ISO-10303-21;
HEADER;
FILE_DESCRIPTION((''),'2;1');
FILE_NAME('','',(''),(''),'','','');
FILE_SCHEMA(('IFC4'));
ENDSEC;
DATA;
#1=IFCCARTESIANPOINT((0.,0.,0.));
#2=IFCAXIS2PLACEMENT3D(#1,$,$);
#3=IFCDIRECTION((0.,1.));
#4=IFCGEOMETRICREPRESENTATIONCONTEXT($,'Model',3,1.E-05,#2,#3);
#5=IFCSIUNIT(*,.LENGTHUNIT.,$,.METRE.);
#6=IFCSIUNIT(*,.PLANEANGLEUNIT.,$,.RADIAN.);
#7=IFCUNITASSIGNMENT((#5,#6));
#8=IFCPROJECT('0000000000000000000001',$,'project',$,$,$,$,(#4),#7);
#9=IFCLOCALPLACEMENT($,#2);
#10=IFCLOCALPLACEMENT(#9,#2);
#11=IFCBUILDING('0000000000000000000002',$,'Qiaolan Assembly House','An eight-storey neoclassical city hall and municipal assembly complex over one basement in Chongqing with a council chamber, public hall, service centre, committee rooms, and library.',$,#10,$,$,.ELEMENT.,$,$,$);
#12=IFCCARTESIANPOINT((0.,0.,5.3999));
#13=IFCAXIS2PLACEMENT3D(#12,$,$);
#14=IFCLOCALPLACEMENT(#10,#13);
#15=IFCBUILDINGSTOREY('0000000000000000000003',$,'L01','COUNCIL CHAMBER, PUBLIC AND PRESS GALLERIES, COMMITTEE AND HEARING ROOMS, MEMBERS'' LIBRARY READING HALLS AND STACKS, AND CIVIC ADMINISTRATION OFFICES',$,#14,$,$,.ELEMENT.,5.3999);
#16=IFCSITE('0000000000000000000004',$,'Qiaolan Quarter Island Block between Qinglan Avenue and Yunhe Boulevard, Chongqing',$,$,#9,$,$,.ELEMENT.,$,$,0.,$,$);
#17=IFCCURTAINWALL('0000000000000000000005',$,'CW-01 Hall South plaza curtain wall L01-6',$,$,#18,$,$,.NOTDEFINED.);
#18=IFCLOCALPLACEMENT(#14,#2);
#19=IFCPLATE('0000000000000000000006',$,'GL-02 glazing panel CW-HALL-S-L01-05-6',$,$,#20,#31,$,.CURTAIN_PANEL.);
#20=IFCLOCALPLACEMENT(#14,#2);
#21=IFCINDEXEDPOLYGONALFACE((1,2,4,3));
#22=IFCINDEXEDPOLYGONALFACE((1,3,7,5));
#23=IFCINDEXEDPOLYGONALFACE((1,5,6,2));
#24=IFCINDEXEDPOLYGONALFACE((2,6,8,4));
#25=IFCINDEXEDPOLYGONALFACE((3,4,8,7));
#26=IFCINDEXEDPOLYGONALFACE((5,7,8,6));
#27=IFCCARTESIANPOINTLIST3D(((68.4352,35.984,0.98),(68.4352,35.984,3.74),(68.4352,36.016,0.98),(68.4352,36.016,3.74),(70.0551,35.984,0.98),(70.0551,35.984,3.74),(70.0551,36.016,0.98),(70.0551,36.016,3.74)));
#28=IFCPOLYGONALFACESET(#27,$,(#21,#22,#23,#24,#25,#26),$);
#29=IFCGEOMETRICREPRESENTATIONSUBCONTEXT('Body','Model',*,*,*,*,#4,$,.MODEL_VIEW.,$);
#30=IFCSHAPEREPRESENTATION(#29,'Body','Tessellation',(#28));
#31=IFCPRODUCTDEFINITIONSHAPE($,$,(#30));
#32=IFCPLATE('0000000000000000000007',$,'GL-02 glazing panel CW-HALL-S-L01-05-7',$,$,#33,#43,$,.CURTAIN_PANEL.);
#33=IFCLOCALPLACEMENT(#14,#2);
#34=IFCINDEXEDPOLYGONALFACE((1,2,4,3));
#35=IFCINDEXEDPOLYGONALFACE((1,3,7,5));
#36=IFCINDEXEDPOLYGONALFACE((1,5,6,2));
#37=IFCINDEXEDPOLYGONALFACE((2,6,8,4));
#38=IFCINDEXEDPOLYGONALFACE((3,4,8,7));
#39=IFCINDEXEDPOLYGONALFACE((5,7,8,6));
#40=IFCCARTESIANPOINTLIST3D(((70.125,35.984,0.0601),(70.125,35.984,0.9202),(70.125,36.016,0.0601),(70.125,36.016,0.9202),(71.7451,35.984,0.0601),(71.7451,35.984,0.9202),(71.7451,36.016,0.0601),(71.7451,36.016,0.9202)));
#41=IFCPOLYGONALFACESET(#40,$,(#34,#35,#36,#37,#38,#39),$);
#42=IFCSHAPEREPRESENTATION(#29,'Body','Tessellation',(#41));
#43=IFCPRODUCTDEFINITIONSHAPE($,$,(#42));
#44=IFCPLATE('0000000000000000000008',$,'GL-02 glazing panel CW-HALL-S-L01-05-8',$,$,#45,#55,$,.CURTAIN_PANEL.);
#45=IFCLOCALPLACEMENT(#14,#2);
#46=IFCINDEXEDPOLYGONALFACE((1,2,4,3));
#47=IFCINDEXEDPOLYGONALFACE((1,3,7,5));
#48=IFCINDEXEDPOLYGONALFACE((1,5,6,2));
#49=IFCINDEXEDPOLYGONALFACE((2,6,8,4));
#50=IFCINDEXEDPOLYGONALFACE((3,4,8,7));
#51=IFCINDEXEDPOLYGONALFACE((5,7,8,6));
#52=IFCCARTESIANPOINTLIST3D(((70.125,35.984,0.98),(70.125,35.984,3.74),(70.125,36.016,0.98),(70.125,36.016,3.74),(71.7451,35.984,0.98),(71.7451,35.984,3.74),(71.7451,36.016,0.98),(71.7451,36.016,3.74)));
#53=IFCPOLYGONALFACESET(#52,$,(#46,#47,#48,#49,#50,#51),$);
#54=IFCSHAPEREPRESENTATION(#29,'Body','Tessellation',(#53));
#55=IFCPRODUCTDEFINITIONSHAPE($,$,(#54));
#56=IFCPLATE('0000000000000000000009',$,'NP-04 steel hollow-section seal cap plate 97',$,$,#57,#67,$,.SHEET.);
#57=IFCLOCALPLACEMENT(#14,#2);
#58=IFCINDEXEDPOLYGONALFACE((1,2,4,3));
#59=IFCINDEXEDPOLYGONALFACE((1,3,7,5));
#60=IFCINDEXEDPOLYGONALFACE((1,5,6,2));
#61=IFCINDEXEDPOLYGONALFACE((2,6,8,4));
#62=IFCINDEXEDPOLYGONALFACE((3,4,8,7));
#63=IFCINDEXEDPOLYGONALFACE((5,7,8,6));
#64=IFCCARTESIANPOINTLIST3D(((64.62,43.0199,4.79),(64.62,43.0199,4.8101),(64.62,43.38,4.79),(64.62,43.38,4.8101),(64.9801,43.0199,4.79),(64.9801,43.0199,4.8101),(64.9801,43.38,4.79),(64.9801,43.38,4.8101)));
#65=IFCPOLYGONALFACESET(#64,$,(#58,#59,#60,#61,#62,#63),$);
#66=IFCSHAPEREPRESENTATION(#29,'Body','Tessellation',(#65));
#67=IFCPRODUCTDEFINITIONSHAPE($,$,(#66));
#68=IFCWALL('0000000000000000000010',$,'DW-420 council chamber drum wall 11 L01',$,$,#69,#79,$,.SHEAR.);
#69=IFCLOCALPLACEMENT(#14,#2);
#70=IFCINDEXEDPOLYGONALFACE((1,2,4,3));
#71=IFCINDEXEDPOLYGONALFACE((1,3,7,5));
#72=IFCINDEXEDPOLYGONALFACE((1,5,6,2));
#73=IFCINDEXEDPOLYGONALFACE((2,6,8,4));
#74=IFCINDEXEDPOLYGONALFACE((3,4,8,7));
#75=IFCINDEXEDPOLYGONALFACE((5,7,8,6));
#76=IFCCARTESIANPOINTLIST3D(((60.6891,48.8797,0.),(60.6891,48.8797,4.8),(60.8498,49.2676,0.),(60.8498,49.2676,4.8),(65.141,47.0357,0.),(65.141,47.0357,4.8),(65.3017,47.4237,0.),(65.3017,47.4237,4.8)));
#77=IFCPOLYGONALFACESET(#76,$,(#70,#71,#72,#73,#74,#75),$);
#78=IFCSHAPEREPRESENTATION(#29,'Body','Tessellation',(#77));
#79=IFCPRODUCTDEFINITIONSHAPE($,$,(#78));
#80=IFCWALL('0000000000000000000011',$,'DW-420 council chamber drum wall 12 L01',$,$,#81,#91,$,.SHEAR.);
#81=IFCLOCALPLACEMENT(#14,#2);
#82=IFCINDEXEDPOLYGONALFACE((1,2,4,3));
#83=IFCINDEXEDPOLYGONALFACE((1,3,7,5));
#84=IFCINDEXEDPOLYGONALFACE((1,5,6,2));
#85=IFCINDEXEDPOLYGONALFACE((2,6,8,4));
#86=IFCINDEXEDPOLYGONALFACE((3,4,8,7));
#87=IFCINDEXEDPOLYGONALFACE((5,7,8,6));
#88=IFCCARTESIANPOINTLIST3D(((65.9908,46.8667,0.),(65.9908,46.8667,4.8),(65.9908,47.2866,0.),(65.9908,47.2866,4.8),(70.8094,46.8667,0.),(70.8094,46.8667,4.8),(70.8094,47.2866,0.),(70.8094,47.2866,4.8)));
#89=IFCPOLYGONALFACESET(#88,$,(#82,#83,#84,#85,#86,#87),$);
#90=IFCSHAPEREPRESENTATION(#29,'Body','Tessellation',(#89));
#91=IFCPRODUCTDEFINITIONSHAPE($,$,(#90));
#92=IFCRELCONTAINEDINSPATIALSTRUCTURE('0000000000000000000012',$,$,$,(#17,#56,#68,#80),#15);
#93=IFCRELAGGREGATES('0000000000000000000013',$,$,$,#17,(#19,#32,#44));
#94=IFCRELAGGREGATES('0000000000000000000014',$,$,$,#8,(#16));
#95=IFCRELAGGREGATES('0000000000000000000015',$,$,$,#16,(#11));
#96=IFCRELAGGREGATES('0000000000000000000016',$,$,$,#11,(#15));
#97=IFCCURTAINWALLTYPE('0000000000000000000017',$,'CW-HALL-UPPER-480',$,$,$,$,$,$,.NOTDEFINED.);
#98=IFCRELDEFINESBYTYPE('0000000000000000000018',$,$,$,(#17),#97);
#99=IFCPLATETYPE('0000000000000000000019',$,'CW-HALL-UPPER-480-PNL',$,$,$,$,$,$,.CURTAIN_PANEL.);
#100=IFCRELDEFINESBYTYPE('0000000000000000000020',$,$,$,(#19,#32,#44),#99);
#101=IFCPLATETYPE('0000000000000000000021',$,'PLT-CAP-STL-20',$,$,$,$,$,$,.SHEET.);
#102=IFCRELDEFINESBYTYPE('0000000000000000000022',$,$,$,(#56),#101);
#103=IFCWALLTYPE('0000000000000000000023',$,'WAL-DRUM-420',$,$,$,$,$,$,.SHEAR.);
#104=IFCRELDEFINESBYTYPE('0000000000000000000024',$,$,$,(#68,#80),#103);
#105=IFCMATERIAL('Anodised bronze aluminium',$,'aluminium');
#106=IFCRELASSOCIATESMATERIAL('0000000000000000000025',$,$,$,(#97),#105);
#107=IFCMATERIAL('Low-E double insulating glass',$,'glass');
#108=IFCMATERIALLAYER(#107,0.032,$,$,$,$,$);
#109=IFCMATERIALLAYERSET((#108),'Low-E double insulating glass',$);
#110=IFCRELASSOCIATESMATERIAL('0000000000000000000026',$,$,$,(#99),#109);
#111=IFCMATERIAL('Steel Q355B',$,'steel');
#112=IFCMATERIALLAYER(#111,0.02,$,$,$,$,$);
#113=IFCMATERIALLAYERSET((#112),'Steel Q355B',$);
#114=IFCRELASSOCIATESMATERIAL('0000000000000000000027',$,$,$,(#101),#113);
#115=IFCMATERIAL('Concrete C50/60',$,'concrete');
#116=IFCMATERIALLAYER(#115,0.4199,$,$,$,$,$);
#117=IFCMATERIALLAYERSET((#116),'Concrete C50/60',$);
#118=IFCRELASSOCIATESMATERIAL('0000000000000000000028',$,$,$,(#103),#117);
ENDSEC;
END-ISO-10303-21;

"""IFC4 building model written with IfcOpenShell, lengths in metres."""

from ifc_helpers import new_model, si_unit, direction, frame, frame_2d, origin, origin_2d, place, context, subcontext, project, spatial, rectangle, extrude, material, layer, layer_set, type_object, element, aggregate, save


model = new_model("IFC4")

# Units and contexts
model_context = context("Model", 3, precision=1e-05, world=origin(), true_north=direction((0.0, 1.0)))
body_context = subcontext(model_context, "Body", "Model", "MODEL_VIEW")
ifc_project = project(units=[si_unit("LENGTHUNIT", "METRE"), si_unit("PLANEANGLEUNIT", "RADIAN")], contexts=[model_context])

# Site, building, storey
site_placement = place(None, origin())
site = spatial("IfcSite", under=ifc_project, at=site_placement, Name="Qiaolan Quarter Island Block between Qinglan Avenue and Yunhe Boulevard, Chongqing", CompositionType="ELEMENT", RefElevation=0.0)
building_placement = place(site_placement, origin())
building = spatial("IfcBuilding", under=site, at=building_placement, Name="Qiaolan Assembly House", Description="An eight-storey neoclassical city hall and municipal assembly complex over one basement in Chongqing with a council chamber, public hall, service centre, committee rooms, and library.", CompositionType="ELEMENT")
storey_placement = place(building_placement, frame((0.0, 0.0, 5.3999)))
storey = spatial("IfcBuildingStorey", under=building, at=storey_placement, Name="L01", Description="COUNCIL CHAMBER, PUBLIC AND PRESS GALLERIES, COMMITTEE AND HEARING ROOMS, MEMBERS' LIBRARY READING HALLS AND STACKS, AND CIVIC ADMINISTRATION OFFICES", CompositionType="ELEMENT", Elevation=5.3999)

# Shared definitions
ifc_material_1 = material(Name="Concrete C50/60", Category="concrete")
ifc_material_2 = material(Name="Steel Q355B", Category="steel")

# Curtain wall
ifc_material_3 = material(Name="Anodised bronze aluminium", Category="aluminium")
curtain_wall_type = type_object("IfcCurtainWallType", Name="CW-HALL-UPPER-480", PredefinedType="NOTDEFINED", material=ifc_material_3)
curtain_wall_placement = place(storey_placement, origin())
curtain_wall = element("IfcCurtainWall", 1, at=curtain_wall_placement, inside=storey, type_object=curtain_wall_type, Name="CW-01 Hall South plaza curtain wall L01-6", PredefinedType="NOTDEFINED")

# Plates
ifc_material_4 = material(Name="Low-E double insulating glass", Category="glass")
ifc_layer_1 = layer(ifc_material_4, 0.032)
ifc_layer_set_1 = layer_set([ifc_layer_1], Name="Low-E double insulating glass")
plate_type_1 = type_object("IfcPlateType", Name="CW-HALL-UPPER-480-PNL", PredefinedType="CURTAIN_PANEL", material=ifc_layer_set_1)
plate_1_placement = place(storey_placement, frame((68.4351, 36.0, 0.98), z_axis=(0.0, 0.0, 1.0), x_axis=(1.0, 0.0, 0.0)))
plate_1 = element("IfcPlate", 2, at=plate_1_placement, type_object=plate_type_1, Name="GL-02 glazing panel CW-HALL-S-L01-05-6", PredefinedType="CURTAIN_PANEL", context=body_context, shape_type="SweptSolid", body=[
    extrude(rectangle(XDim=1.6199, YDim=0.032, at=frame_2d((0.8101, 0.0))), origin(), (0.0, 0.0, 1.0), 2.76),
])
plate_2_placement = place(storey_placement, frame((70.125, 36.0, 0.0601), z_axis=(0.0, 0.0, 1.0), x_axis=(1.0, 0.0, 0.0)))
plate_2 = element("IfcPlate", 3, at=plate_2_placement, type_object=plate_type_1, Name="GL-02 glazing panel CW-HALL-S-L01-05-7", PredefinedType="CURTAIN_PANEL", context=body_context, shape_type="SweptSolid", body=[
    extrude(rectangle(XDim=1.6201, YDim=0.032, at=frame_2d((0.8101, 0.0))), origin(), (0.0, 0.0, 1.0), 0.8601),
])
plate_3_placement = place(storey_placement, frame((70.125, 36.0, 0.98), z_axis=(0.0, 0.0, 1.0), x_axis=(1.0, 0.0, 0.0)))
plate_3 = element("IfcPlate", 4, at=plate_3_placement, type_object=plate_type_1, Name="GL-02 glazing panel CW-HALL-S-L01-05-8", PredefinedType="CURTAIN_PANEL", context=body_context, shape_type="SweptSolid", body=[
    extrude(rectangle(XDim=1.6201, YDim=0.032, at=frame_2d((0.8101, 0.0))), origin(), (0.0, 0.0, 1.0), 2.76),
])
aggregate(curtain_wall, [plate_1, plate_2, plate_3])
ifc_layer_2 = layer(ifc_material_2, 0.02)
ifc_layer_set_2 = layer_set([ifc_layer_2], Name="Steel Q355B")
plate_type_2 = type_object("IfcPlateType", Name="PLT-CAP-STL-20", PredefinedType="SHEET", material=ifc_layer_set_2)
plate_4_placement = place(storey_placement, frame((64.8, 43.2, 4.79), z_axis=(0.0, 0.0, 1.0), x_axis=(1.0, 0.0, 0.0)))
element("IfcPlate", 5, at=plate_4_placement, inside=storey, type_object=plate_type_2, Name="NP-04 steel hollow-section seal cap plate 97", PredefinedType="SHEET", context=body_context, shape_type="SweptSolid", body=[
    extrude(rectangle(XDim=0.3601, YDim=0.3601, at=origin_2d()), origin(), (0.0, 0.0, 1.0), 0.02),
])

# Walls
ifc_layer_3 = layer(ifc_material_1, 0.4199)
ifc_layer_set_3 = layer_set([ifc_layer_3], Name="Concrete C50/60")
wall_type = type_object("IfcWallType", Name="WAL-DRUM-420", PredefinedType="SHEAR", material=ifc_layer_set_3)
for number, where, z_axis, x_axis, name in (
    (6, (65.2212, 47.2297, 0.0), (0.0, 0.0, 1.0), (-0.923883, 0.382675, 0.0), "DW-420 council chamber drum wall 11 L01"),
    (7, (70.8093, 47.0767, 0.0), (0.0, 0.0, 1.0), (-1.0, 0.0, 0.0), "DW-420 council chamber drum wall 12 L01"),
):
    element("IfcWall", number, at=place(storey_placement, frame(where, z_axis=z_axis, x_axis=x_axis)), inside=storey, type_object=wall_type, Name=name, PredefinedType="SHEAR", context=body_context, shape_type="SweptSolid", body=[
        extrude(rectangle(XDim=4.8186, YDim=0.4199, at=frame_2d((2.4092, 0.0))), origin(), (0.0, 0.0, 1.0), 4.8),
    ])

save(model, "model.ifc")
